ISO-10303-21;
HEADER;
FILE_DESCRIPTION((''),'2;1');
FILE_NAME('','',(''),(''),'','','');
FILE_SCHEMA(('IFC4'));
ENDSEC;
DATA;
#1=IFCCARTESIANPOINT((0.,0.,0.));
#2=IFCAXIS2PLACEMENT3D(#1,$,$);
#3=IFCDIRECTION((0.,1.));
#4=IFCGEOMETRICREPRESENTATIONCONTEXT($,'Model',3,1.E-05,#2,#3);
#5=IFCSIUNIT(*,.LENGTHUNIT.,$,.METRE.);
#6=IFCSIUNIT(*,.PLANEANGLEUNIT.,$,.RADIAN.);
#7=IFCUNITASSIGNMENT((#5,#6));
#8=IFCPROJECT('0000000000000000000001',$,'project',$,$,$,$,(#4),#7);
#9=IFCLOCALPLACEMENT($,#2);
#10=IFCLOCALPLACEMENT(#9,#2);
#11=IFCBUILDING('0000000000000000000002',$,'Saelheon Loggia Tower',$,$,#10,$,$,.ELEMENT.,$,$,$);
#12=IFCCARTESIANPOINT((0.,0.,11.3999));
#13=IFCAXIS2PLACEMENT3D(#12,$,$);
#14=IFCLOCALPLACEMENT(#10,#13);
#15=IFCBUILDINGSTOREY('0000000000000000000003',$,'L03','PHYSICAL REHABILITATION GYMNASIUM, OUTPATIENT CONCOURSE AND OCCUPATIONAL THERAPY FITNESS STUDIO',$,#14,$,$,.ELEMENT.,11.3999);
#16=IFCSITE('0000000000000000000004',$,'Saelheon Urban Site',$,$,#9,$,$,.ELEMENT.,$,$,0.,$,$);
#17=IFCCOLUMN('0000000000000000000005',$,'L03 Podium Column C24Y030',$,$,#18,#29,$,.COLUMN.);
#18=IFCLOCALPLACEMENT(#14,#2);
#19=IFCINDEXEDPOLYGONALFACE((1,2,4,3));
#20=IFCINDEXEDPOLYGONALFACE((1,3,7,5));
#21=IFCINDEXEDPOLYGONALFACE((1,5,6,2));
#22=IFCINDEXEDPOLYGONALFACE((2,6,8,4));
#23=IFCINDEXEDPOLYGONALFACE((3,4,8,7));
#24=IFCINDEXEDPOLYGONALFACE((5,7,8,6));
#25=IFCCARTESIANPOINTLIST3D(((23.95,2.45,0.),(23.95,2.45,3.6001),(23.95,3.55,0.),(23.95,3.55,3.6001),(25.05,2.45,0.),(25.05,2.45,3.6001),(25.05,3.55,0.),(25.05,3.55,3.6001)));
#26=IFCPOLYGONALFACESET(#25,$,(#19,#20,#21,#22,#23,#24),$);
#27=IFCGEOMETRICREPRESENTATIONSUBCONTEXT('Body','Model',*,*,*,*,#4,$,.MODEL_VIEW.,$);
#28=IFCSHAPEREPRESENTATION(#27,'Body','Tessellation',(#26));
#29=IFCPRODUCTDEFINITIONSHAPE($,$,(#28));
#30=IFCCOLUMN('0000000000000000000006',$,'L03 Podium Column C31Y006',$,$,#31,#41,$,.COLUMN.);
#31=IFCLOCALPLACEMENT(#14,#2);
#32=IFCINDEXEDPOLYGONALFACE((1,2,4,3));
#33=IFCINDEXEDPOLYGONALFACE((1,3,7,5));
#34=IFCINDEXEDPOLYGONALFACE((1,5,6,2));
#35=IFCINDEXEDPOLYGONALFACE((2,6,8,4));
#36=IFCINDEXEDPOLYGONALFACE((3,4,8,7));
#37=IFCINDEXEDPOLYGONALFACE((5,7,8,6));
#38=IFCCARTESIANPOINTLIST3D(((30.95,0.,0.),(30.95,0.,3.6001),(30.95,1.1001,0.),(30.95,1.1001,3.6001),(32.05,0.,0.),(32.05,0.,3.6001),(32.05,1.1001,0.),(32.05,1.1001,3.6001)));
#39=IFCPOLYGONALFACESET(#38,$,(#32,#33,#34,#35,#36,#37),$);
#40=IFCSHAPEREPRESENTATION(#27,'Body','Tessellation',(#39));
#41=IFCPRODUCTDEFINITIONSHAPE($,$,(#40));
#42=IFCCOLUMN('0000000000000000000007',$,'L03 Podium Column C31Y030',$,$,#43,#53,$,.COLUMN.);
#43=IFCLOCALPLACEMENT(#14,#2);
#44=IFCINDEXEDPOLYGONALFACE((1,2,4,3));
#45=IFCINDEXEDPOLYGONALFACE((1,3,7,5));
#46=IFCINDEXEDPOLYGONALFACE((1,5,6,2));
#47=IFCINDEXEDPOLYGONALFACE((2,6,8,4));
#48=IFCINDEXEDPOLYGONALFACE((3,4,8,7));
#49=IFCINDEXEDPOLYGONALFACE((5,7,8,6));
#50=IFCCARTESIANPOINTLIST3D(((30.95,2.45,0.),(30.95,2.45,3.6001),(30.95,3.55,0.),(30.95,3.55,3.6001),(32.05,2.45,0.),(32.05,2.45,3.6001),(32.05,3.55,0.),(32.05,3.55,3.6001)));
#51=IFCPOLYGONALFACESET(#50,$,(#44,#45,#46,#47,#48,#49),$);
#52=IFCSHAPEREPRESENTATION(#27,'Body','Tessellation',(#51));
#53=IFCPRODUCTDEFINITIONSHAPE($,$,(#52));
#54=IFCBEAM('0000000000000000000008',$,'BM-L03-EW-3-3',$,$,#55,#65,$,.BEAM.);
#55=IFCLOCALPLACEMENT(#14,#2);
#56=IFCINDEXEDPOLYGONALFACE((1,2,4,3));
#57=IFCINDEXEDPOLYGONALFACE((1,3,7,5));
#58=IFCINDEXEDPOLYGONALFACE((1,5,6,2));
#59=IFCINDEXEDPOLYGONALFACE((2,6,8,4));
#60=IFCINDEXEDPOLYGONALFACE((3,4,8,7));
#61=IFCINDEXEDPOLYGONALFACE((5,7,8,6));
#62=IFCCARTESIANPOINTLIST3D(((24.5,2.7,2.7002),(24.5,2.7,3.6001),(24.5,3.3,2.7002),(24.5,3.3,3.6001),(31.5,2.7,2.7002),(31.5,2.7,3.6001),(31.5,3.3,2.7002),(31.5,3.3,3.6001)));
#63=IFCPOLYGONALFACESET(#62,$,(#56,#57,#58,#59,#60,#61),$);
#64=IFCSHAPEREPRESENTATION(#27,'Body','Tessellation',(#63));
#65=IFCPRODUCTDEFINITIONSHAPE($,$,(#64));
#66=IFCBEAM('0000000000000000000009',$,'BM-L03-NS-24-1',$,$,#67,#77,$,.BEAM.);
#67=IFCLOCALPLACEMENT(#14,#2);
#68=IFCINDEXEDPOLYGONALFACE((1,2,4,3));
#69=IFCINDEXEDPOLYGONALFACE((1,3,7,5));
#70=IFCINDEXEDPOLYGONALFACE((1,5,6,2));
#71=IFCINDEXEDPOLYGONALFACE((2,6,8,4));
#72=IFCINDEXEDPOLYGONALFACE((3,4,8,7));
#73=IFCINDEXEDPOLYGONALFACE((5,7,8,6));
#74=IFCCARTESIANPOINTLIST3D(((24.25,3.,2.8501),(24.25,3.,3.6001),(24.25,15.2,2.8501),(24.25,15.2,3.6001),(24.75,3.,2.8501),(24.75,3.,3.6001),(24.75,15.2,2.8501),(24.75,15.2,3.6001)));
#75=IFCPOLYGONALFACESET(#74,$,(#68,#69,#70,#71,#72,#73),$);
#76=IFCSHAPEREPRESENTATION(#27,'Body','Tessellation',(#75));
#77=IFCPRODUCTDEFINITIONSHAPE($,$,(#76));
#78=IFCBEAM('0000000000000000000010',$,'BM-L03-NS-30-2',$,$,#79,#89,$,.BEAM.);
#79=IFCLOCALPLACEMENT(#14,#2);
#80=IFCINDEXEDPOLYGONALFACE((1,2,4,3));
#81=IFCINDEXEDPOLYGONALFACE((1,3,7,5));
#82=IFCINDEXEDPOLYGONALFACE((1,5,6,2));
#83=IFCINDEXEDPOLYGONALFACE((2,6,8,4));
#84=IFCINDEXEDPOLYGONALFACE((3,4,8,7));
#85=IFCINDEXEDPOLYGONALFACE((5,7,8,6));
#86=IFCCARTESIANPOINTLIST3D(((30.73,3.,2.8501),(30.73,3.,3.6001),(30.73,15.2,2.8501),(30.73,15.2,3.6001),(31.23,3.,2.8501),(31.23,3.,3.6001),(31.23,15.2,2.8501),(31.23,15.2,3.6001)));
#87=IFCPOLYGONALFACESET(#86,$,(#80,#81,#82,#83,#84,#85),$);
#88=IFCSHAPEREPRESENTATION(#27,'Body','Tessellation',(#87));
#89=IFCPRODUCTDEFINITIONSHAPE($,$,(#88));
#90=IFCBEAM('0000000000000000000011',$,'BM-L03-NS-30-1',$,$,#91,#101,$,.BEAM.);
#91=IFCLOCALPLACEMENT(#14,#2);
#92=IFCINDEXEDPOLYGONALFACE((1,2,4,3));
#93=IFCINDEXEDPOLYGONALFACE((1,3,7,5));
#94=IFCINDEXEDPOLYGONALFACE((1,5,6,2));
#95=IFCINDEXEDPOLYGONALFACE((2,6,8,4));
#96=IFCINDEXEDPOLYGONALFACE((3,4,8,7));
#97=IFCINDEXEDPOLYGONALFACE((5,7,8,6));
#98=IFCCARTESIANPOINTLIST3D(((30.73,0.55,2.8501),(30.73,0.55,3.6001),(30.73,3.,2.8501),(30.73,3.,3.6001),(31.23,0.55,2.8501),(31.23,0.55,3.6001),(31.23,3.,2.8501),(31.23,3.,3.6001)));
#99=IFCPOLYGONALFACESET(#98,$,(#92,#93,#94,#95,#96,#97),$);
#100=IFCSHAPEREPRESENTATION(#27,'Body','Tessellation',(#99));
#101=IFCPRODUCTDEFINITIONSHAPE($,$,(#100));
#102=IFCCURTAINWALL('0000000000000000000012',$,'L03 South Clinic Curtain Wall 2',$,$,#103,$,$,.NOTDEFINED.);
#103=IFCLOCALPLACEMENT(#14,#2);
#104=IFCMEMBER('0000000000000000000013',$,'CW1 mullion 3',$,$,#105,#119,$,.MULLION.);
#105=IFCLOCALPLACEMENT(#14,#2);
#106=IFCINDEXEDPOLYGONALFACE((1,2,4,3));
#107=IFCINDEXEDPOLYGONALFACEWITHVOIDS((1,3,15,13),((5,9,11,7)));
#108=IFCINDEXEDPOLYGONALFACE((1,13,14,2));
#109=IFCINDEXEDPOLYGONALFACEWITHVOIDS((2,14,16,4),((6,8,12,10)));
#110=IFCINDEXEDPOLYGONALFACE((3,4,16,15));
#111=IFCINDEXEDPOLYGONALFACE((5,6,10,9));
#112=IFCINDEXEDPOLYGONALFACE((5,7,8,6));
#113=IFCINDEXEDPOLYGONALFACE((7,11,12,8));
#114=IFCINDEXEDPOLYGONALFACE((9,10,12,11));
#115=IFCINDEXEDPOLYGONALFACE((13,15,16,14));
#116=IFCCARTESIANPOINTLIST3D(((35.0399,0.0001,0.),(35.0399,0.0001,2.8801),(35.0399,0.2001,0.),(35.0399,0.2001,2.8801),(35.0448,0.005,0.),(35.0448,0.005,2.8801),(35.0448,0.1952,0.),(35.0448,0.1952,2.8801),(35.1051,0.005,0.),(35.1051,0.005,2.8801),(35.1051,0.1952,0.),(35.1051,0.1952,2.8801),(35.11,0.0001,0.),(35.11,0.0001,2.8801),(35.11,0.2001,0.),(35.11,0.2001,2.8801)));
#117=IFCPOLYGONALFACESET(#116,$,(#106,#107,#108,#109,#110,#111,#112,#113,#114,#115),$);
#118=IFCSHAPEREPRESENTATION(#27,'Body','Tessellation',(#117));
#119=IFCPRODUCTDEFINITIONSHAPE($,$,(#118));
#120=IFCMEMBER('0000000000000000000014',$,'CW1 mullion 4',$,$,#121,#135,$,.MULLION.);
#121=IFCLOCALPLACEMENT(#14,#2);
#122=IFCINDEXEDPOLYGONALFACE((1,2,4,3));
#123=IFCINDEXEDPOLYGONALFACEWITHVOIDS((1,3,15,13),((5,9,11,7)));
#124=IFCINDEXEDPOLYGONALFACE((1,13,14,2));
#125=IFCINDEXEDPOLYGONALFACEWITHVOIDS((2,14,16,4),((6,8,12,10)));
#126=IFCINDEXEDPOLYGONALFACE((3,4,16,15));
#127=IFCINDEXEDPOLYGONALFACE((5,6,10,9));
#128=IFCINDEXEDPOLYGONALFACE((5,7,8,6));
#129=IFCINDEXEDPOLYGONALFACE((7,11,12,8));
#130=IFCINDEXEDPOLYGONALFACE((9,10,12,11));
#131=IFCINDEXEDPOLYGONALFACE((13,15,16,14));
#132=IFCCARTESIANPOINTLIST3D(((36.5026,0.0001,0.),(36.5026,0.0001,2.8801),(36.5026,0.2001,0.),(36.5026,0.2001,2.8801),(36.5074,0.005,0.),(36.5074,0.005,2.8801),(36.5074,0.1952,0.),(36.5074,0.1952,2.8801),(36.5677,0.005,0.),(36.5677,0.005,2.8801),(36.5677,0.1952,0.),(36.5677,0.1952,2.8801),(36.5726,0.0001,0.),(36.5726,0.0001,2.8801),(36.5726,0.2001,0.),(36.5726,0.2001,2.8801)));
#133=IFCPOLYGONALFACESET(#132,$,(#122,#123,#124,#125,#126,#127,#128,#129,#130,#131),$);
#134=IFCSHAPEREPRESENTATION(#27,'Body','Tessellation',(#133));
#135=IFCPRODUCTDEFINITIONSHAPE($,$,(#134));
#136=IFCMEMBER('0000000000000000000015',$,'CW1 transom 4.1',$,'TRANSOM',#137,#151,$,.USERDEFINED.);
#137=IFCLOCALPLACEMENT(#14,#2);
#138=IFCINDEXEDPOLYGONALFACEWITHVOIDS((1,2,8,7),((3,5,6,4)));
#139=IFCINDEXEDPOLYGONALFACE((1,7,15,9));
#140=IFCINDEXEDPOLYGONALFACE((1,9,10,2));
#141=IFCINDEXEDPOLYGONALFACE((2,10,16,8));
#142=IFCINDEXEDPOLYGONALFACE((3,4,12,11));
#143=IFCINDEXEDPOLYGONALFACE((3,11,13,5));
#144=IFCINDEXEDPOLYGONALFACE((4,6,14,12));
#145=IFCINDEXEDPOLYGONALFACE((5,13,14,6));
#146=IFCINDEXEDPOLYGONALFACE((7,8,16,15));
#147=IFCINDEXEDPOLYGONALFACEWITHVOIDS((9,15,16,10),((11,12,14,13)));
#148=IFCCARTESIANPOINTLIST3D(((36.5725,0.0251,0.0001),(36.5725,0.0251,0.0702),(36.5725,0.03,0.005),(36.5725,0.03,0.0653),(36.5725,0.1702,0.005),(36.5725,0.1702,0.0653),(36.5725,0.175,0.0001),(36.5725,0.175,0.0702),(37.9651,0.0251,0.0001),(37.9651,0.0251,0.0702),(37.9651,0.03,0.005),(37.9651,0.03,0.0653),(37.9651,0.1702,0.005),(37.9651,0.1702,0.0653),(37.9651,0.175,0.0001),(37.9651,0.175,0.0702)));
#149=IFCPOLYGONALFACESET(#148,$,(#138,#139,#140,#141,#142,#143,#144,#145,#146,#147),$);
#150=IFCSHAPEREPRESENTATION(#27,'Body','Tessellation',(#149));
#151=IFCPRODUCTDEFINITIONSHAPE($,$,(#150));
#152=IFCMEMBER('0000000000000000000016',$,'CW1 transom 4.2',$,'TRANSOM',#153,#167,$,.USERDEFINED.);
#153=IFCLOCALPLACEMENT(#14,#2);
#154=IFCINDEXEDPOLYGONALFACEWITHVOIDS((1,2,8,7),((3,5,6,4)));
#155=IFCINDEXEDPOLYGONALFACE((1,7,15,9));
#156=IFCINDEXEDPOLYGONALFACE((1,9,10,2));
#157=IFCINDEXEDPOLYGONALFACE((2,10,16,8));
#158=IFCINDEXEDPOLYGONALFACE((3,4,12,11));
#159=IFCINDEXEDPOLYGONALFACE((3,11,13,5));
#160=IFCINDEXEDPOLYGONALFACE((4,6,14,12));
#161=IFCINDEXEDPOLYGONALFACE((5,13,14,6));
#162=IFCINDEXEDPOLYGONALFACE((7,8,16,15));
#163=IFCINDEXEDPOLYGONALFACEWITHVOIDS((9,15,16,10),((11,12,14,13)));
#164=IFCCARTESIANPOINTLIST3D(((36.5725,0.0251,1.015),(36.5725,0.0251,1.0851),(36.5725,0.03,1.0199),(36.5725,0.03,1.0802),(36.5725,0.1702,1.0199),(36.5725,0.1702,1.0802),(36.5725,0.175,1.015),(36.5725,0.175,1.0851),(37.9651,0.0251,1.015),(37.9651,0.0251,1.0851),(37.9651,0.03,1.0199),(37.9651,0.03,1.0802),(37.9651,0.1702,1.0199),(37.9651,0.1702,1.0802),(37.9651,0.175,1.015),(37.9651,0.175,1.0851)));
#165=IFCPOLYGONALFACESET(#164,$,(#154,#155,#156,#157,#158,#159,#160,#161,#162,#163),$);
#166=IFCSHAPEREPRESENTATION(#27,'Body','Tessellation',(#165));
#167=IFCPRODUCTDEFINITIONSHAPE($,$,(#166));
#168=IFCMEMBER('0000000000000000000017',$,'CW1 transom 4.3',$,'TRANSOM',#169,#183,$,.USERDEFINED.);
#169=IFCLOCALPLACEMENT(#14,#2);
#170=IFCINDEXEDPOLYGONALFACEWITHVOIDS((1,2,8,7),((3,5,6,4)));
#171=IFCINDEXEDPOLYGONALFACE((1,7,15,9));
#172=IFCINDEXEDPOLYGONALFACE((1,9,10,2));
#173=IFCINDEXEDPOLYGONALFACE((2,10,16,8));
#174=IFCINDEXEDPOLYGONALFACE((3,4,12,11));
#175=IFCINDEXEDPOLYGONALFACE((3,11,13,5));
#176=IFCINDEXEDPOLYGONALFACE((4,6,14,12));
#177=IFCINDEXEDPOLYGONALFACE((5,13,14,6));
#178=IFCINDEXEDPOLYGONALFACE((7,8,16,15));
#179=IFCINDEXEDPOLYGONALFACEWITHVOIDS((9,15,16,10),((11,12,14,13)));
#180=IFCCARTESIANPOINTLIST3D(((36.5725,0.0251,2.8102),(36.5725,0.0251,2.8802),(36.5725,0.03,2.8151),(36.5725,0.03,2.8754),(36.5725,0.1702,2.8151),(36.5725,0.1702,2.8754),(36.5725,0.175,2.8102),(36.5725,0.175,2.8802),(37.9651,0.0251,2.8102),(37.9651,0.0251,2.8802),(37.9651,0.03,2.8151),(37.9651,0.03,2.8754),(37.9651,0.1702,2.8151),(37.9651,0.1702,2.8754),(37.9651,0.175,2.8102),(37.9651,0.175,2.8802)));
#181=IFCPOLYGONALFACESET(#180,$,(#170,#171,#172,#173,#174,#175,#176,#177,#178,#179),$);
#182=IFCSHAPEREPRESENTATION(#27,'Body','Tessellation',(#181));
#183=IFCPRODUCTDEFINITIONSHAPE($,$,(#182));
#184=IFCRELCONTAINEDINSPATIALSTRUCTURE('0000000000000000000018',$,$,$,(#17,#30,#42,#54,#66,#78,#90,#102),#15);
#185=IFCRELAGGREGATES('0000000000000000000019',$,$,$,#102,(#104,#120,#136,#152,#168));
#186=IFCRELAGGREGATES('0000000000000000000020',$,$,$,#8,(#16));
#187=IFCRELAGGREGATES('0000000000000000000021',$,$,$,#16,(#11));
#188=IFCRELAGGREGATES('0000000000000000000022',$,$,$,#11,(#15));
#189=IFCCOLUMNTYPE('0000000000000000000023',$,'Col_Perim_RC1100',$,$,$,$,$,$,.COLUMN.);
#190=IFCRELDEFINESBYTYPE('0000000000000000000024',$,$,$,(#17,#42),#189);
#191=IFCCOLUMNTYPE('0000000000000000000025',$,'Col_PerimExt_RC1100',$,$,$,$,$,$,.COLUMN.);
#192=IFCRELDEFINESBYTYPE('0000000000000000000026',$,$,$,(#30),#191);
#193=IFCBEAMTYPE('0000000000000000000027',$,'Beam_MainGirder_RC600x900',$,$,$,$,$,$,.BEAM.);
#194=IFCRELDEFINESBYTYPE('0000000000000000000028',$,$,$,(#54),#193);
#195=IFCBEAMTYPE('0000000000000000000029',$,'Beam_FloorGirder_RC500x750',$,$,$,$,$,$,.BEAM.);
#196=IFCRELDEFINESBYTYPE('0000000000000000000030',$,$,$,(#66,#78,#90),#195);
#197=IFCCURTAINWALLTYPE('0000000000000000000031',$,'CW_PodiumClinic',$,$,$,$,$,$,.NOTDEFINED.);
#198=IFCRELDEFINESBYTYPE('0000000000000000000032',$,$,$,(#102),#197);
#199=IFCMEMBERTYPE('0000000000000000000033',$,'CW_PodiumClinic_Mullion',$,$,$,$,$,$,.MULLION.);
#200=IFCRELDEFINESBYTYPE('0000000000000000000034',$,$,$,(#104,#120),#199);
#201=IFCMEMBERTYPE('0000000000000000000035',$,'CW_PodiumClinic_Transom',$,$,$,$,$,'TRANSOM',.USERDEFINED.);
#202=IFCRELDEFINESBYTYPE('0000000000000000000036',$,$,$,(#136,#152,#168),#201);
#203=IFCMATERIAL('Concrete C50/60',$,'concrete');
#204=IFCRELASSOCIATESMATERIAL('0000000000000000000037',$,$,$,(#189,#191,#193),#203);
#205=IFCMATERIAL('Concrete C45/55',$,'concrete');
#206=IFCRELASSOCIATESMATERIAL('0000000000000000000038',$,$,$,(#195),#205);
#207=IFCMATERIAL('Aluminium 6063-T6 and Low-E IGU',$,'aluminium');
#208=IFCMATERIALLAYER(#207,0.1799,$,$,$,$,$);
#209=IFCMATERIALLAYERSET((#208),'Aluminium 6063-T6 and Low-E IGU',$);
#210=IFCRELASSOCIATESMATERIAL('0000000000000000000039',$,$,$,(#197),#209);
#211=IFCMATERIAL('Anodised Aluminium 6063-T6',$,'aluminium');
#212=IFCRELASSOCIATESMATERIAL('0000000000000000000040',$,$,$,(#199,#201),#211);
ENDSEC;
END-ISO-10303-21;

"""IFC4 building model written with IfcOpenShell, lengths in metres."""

from ifc_helpers import new_model, si_unit, direction, frame, origin, origin_2d, place, context, subcontext, project, spatial, rectangle, hollow_rectangle, extrude, source, transform, mapped, material, layer, layer_set, material_profile, profile_set, type_object, element, aggregate, save


model = new_model("IFC4")

# Units and contexts
model_context = context("Model", 3, precision=1e-05, world=origin(), true_north=direction((0.0, 1.0)))
body_context = subcontext(model_context, "Body", "Model", "MODEL_VIEW")
ifc_project = project(units=[si_unit("LENGTHUNIT", "METRE"), si_unit("PLANEANGLEUNIT", "RADIAN")], contexts=[model_context])

# Site, building, storey
site_placement = place(None, origin())
site = spatial("IfcSite", under=ifc_project, at=site_placement, Name="Saelheon Urban Site", CompositionType="ELEMENT", RefElevation=0.0)
building_placement = place(site_placement, origin())
building = spatial("IfcBuilding", under=site, at=building_placement, Name="Saelheon Loggia Tower", CompositionType="ELEMENT")
storey_placement = place(building_placement, frame((0.0, 0.0, 11.3999)))
storey = spatial("IfcBuildingStorey", under=building, at=storey_placement, Name="L03", Description="PHYSICAL REHABILITATION GYMNASIUM, OUTPATIENT CONCOURSE AND OCCUPATIONAL THERAPY FITNESS STUDIO", CompositionType="ELEMENT", Elevation=11.3999)

# Columns
ifc_material_1 = material(Name="Concrete C50/60", Category="concrete")
ifc_material_profile_1 = material_profile(ifc_material_1, rectangle(XDim=1.1001, YDim=1.1001, at=origin_2d()), Name="RC-1100x1100")
ifc_profile_set_1 = profile_set([ifc_material_profile_1], Name="Concrete C50/60")
column_type_1 = type_object("IfcColumnType", Name="Col_Perim_RC1100", PredefinedType="COLUMN", material=ifc_profile_set_1)
shared_shape_1 = source(origin(), body_context, "Body", "SweptSolid", [
    extrude(rectangle(XDim=1.1001, YDim=1.1001, at=origin_2d()), origin(), (0.0, 0.0, 1.0), 3.6001),
])
column_1_placement = place(storey_placement, frame((24.5, 3.0, 0.0), z_axis=(0.0, 0.0, 1.0), x_axis=(1.0, 0.0, 0.0)))
element("IfcColumn", 1, at=column_1_placement, inside=storey, type_object=column_type_1, Name="L03 Podium Column C24Y030", PredefinedType="COLUMN", context=body_context, shape_type="MappedRepresentation", body=[
    mapped(shared_shape_1, transform((0.0, 0.0, 0.0), scale=1.0)),
])
ifc_material_profile_2 = material_profile(ifc_material_1, rectangle(XDim=1.1001, YDim=1.1001, at=origin_2d()), Name="RC-1100x1100")
ifc_profile_set_2 = profile_set([ifc_material_profile_2], Name="Concrete C50/60")
column_type_2 = type_object("IfcColumnType", Name="Col_PerimExt_RC1100", PredefinedType="COLUMN", material=ifc_profile_set_2)
column_2_placement = place(storey_placement, frame((31.5, 0.55, 0.0), z_axis=(0.0, 0.0, 1.0), x_axis=(1.0, 0.0, 0.0)))
element("IfcColumn", 2, at=column_2_placement, inside=storey, type_object=column_type_2, Name="L03 Podium Column C31Y006", PredefinedType="COLUMN", context=body_context, shape_type="MappedRepresentation", body=[
    mapped(shared_shape_1, transform((0.0, 0.0, 0.0), scale=1.0)),
])
column_3_placement = place(storey_placement, frame((31.5, 3.0, 0.0), z_axis=(0.0, 0.0, 1.0), x_axis=(1.0, 0.0, 0.0)))
element("IfcColumn", 3, at=column_3_placement, inside=storey, type_object=column_type_1, Name="L03 Podium Column C31Y030", PredefinedType="COLUMN", context=body_context, shape_type="MappedRepresentation", body=[
    mapped(shared_shape_1, transform((0.0, 0.0, 0.0), scale=1.0)),
])

# Beams
ifc_material_profile_3 = material_profile(ifc_material_1, rectangle(XDim=0.6001, YDim=0.8999, at=origin_2d()), Name="RC-600x900")
ifc_profile_set_3 = profile_set([ifc_material_profile_3], Name="Concrete C50/60")
beam_type_1 = type_object("IfcBeamType", Name="Beam_MainGirder_RC600x900", PredefinedType="BEAM", material=ifc_profile_set_3)
shared_shape_2 = source(origin(), body_context, "Body", "SweptSolid", [
    extrude(rectangle(XDim=0.6001, YDim=0.8999, at=origin_2d()), origin(), (0.0, 0.0, 1.0), 7.0),
])
beam_1_placement = place(storey_placement, frame((24.5, 3.0, 3.1501), z_axis=(1.0, 0.0, 0.0), x_axis=(0.0, 1.0, 0.0)))
element("IfcBeam", 4, at=beam_1_placement, inside=storey, type_object=beam_type_1, Name="BM-L03-EW-3-3", PredefinedType="BEAM", context=body_context, shape_type="MappedRepresentation", body=[
    mapped(shared_shape_2, transform((0.0, 0.0, 0.0), scale=1.0)),
])
ifc_material_2 = material(Name="Concrete C45/55", Category="concrete")
ifc_material_profile_4 = material_profile(ifc_material_2, rectangle(XDim=0.5, YDim=0.75, at=origin_2d()), Name="RC-500x750")
ifc_profile_set_4 = profile_set([ifc_material_profile_4], Name="Concrete C45/55")
beam_type_2 = type_object("IfcBeamType", Name="Beam_FloorGirder_RC500x750", PredefinedType="BEAM", material=ifc_profile_set_4)
shared_shape_3 = source(origin(), body_context, "Body", "SweptSolid", [
    extrude(rectangle(XDim=0.5, YDim=0.75, at=origin_2d()), origin(), (0.0, 0.0, 1.0), 12.2),
])
for number, where, z_axis, x_axis, name in (
    (5, (24.5, 3.0, 3.2251), (0.0, 1.0, 0.0), (-1.0, 0.0, 0.0), "BM-L03-NS-24-1"),
    (6, (30.98, 3.0, 3.2251), (0.0, 1.0, 0.0), (-1.0, 0.0, 0.0), "BM-L03-NS-30-2"),
):
    element("IfcBeam", number, at=place(storey_placement, frame(where, z_axis=z_axis, x_axis=x_axis)), inside=storey, type_object=beam_type_2, Name=name, PredefinedType="BEAM", context=body_context, shape_type="MappedRepresentation", body=[
        mapped(shared_shape_3, transform((0.0, 0.0, 0.0), scale=1.0)),
    ])
shared_shape_4 = source(origin(), body_context, "Body", "SweptSolid", [
    extrude(rectangle(XDim=0.5, YDim=0.75, at=origin_2d()), origin(), (0.0, 0.0, 1.0), 2.45),
])
beam_2_placement = place(storey_placement, frame((30.98, 0.55, 3.2251), z_axis=(0.0, 1.0, 0.0), x_axis=(-1.0, 0.0, 0.0)))
element("IfcBeam", 7, at=beam_2_placement, inside=storey, type_object=beam_type_2, Name="BM-L03-NS-30-1", PredefinedType="BEAM", context=body_context, shape_type="MappedRepresentation", body=[
    mapped(shared_shape_4, transform((0.0, 0.0, 0.0), scale=1.0)),
])

# Curtain wall, members
ifc_material_3 = material(Name="Aluminium 6063-T6 and Low-E IGU", Category="aluminium")
ifc_layer_1 = layer(ifc_material_3, 0.1799)
ifc_layer_set_1 = layer_set([ifc_layer_1], Name="Aluminium 6063-T6 and Low-E IGU")
curtain_wall_type = type_object("IfcCurtainWallType", Name="CW_PodiumClinic", PredefinedType="NOTDEFINED", material=ifc_layer_set_1)
curtain_wall_placement = place(storey_placement, origin())
curtain_wall = element("IfcCurtainWall", 8, at=curtain_wall_placement, inside=storey, type_object=curtain_wall_type, Name="L03 South Clinic Curtain Wall 2", PredefinedType="NOTDEFINED")
ifc_material_4 = material(Name="Anodised Aluminium 6063-T6", Category="aluminium")
ifc_material_profile_5 = material_profile(ifc_material_4, hollow_rectangle(XDim=0.0701, YDim=0.2, WallThickness=0.0049, at=origin_2d()), Name="RHS-200x70x5")
ifc_profile_set_5 = profile_set([ifc_material_profile_5], Name="Anodised Aluminium 6063-T6")
member_type_1 = type_object("IfcMemberType", Name="CW_PodiumClinic_Mullion", PredefinedType="MULLION", material=ifc_profile_set_5)
shared_shape_5 = source(origin(), body_context, "Body", "SweptSolid", [
    extrude(hollow_rectangle(XDim=0.0701, YDim=0.2, WallThickness=0.0049, at=origin_2d()), origin(), (0.0, 0.0, 1.0), 2.8801),
])
member_1_placement = place(storey_placement, frame((35.075, 0.1001, 0.0), z_axis=(0.0, 0.0, 1.0), x_axis=(1.0, 0.0, 0.0)))
member_1 = element("IfcMember", 9, at=member_1_placement, type_object=member_type_1, Name="CW1 mullion 3", PredefinedType="MULLION", context=body_context, shape_type="MappedRepresentation", body=[
    mapped(shared_shape_5, transform((0.0, 0.0, 0.0), scale=1.0)),
])
member_2_placement = place(storey_placement, frame((36.5376, 0.1001, 0.0), z_axis=(0.0, 0.0, 1.0), x_axis=(1.0, 0.0, 0.0)))
member_2 = element("IfcMember", 10, at=member_2_placement, type_object=member_type_1, Name="CW1 mullion 4", PredefinedType="MULLION", context=body_context, shape_type="MappedRepresentation", body=[
    mapped(shared_shape_5, transform((0.0, 0.0, 0.0), scale=1.0)),
])
ifc_material_profile_6 = material_profile(ifc_material_4, hollow_rectangle(XDim=0.0701, YDim=0.1499, WallThickness=0.0049, at=origin_2d()), Name="RHS-150x70x5")
ifc_profile_set_6 = profile_set([ifc_material_profile_6], Name="Anodised Aluminium 6063-T6")
member_type_2 = type_object("IfcMemberType", Name="CW_PodiumClinic_Transom", ElementType="TRANSOM", PredefinedType="USERDEFINED", material=ifc_profile_set_6)
shared_shape_6 = source(origin(), body_context, "Body", "SweptSolid", [
    extrude(hollow_rectangle(XDim=0.0701, YDim=0.1499, WallThickness=0.0049, at=origin_2d()), origin(), (0.0, 0.0, 1.0), 1.3926),
])
member_3_placement = place(storey_placement, frame((36.5725, 0.1001, 0.0352), z_axis=(1.0, 0.0, 0.0), x_axis=(0.0, 0.0, 1.0)))
member_3 = element("IfcMember", 11, at=member_3_placement, type_object=member_type_2, Name="CW1 transom 4.1", ObjectType="TRANSOM", PredefinedType="USERDEFINED", context=body_context, shape_type="MappedRepresentation", body=[
    mapped(shared_shape_6, transform((0.0, 0.0, 0.0), scale=1.0)),
])
member_4_placement = place(storey_placement, frame((36.5725, 0.1001, 1.05), z_axis=(1.0, 0.0, 0.0), x_axis=(0.0, 0.0, 1.0)))
member_4 = element("IfcMember", 12, at=member_4_placement, type_object=member_type_2, Name="CW1 transom 4.2", ObjectType="TRANSOM", PredefinedType="USERDEFINED", context=body_context, shape_type="MappedRepresentation", body=[
    mapped(shared_shape_6, transform((0.0, 0.0, 0.0), scale=1.0)),
])
member_5_placement = place(storey_placement, frame((36.5725, 0.1001, 2.8452), z_axis=(1.0, 0.0, 0.0), x_axis=(0.0, 0.0, 1.0)))
member_5 = element("IfcMember", 13, at=member_5_placement, type_object=member_type_2, Name="CW1 transom 4.3", ObjectType="TRANSOM", PredefinedType="USERDEFINED", context=body_context, shape_type="MappedRepresentation", body=[
    mapped(shared_shape_6, transform((0.0, 0.0, 0.0), scale=1.0)),
])
aggregate(curtain_wall, [member_1, member_2, member_3, member_4, member_5])

save(model, "model.ifc")
